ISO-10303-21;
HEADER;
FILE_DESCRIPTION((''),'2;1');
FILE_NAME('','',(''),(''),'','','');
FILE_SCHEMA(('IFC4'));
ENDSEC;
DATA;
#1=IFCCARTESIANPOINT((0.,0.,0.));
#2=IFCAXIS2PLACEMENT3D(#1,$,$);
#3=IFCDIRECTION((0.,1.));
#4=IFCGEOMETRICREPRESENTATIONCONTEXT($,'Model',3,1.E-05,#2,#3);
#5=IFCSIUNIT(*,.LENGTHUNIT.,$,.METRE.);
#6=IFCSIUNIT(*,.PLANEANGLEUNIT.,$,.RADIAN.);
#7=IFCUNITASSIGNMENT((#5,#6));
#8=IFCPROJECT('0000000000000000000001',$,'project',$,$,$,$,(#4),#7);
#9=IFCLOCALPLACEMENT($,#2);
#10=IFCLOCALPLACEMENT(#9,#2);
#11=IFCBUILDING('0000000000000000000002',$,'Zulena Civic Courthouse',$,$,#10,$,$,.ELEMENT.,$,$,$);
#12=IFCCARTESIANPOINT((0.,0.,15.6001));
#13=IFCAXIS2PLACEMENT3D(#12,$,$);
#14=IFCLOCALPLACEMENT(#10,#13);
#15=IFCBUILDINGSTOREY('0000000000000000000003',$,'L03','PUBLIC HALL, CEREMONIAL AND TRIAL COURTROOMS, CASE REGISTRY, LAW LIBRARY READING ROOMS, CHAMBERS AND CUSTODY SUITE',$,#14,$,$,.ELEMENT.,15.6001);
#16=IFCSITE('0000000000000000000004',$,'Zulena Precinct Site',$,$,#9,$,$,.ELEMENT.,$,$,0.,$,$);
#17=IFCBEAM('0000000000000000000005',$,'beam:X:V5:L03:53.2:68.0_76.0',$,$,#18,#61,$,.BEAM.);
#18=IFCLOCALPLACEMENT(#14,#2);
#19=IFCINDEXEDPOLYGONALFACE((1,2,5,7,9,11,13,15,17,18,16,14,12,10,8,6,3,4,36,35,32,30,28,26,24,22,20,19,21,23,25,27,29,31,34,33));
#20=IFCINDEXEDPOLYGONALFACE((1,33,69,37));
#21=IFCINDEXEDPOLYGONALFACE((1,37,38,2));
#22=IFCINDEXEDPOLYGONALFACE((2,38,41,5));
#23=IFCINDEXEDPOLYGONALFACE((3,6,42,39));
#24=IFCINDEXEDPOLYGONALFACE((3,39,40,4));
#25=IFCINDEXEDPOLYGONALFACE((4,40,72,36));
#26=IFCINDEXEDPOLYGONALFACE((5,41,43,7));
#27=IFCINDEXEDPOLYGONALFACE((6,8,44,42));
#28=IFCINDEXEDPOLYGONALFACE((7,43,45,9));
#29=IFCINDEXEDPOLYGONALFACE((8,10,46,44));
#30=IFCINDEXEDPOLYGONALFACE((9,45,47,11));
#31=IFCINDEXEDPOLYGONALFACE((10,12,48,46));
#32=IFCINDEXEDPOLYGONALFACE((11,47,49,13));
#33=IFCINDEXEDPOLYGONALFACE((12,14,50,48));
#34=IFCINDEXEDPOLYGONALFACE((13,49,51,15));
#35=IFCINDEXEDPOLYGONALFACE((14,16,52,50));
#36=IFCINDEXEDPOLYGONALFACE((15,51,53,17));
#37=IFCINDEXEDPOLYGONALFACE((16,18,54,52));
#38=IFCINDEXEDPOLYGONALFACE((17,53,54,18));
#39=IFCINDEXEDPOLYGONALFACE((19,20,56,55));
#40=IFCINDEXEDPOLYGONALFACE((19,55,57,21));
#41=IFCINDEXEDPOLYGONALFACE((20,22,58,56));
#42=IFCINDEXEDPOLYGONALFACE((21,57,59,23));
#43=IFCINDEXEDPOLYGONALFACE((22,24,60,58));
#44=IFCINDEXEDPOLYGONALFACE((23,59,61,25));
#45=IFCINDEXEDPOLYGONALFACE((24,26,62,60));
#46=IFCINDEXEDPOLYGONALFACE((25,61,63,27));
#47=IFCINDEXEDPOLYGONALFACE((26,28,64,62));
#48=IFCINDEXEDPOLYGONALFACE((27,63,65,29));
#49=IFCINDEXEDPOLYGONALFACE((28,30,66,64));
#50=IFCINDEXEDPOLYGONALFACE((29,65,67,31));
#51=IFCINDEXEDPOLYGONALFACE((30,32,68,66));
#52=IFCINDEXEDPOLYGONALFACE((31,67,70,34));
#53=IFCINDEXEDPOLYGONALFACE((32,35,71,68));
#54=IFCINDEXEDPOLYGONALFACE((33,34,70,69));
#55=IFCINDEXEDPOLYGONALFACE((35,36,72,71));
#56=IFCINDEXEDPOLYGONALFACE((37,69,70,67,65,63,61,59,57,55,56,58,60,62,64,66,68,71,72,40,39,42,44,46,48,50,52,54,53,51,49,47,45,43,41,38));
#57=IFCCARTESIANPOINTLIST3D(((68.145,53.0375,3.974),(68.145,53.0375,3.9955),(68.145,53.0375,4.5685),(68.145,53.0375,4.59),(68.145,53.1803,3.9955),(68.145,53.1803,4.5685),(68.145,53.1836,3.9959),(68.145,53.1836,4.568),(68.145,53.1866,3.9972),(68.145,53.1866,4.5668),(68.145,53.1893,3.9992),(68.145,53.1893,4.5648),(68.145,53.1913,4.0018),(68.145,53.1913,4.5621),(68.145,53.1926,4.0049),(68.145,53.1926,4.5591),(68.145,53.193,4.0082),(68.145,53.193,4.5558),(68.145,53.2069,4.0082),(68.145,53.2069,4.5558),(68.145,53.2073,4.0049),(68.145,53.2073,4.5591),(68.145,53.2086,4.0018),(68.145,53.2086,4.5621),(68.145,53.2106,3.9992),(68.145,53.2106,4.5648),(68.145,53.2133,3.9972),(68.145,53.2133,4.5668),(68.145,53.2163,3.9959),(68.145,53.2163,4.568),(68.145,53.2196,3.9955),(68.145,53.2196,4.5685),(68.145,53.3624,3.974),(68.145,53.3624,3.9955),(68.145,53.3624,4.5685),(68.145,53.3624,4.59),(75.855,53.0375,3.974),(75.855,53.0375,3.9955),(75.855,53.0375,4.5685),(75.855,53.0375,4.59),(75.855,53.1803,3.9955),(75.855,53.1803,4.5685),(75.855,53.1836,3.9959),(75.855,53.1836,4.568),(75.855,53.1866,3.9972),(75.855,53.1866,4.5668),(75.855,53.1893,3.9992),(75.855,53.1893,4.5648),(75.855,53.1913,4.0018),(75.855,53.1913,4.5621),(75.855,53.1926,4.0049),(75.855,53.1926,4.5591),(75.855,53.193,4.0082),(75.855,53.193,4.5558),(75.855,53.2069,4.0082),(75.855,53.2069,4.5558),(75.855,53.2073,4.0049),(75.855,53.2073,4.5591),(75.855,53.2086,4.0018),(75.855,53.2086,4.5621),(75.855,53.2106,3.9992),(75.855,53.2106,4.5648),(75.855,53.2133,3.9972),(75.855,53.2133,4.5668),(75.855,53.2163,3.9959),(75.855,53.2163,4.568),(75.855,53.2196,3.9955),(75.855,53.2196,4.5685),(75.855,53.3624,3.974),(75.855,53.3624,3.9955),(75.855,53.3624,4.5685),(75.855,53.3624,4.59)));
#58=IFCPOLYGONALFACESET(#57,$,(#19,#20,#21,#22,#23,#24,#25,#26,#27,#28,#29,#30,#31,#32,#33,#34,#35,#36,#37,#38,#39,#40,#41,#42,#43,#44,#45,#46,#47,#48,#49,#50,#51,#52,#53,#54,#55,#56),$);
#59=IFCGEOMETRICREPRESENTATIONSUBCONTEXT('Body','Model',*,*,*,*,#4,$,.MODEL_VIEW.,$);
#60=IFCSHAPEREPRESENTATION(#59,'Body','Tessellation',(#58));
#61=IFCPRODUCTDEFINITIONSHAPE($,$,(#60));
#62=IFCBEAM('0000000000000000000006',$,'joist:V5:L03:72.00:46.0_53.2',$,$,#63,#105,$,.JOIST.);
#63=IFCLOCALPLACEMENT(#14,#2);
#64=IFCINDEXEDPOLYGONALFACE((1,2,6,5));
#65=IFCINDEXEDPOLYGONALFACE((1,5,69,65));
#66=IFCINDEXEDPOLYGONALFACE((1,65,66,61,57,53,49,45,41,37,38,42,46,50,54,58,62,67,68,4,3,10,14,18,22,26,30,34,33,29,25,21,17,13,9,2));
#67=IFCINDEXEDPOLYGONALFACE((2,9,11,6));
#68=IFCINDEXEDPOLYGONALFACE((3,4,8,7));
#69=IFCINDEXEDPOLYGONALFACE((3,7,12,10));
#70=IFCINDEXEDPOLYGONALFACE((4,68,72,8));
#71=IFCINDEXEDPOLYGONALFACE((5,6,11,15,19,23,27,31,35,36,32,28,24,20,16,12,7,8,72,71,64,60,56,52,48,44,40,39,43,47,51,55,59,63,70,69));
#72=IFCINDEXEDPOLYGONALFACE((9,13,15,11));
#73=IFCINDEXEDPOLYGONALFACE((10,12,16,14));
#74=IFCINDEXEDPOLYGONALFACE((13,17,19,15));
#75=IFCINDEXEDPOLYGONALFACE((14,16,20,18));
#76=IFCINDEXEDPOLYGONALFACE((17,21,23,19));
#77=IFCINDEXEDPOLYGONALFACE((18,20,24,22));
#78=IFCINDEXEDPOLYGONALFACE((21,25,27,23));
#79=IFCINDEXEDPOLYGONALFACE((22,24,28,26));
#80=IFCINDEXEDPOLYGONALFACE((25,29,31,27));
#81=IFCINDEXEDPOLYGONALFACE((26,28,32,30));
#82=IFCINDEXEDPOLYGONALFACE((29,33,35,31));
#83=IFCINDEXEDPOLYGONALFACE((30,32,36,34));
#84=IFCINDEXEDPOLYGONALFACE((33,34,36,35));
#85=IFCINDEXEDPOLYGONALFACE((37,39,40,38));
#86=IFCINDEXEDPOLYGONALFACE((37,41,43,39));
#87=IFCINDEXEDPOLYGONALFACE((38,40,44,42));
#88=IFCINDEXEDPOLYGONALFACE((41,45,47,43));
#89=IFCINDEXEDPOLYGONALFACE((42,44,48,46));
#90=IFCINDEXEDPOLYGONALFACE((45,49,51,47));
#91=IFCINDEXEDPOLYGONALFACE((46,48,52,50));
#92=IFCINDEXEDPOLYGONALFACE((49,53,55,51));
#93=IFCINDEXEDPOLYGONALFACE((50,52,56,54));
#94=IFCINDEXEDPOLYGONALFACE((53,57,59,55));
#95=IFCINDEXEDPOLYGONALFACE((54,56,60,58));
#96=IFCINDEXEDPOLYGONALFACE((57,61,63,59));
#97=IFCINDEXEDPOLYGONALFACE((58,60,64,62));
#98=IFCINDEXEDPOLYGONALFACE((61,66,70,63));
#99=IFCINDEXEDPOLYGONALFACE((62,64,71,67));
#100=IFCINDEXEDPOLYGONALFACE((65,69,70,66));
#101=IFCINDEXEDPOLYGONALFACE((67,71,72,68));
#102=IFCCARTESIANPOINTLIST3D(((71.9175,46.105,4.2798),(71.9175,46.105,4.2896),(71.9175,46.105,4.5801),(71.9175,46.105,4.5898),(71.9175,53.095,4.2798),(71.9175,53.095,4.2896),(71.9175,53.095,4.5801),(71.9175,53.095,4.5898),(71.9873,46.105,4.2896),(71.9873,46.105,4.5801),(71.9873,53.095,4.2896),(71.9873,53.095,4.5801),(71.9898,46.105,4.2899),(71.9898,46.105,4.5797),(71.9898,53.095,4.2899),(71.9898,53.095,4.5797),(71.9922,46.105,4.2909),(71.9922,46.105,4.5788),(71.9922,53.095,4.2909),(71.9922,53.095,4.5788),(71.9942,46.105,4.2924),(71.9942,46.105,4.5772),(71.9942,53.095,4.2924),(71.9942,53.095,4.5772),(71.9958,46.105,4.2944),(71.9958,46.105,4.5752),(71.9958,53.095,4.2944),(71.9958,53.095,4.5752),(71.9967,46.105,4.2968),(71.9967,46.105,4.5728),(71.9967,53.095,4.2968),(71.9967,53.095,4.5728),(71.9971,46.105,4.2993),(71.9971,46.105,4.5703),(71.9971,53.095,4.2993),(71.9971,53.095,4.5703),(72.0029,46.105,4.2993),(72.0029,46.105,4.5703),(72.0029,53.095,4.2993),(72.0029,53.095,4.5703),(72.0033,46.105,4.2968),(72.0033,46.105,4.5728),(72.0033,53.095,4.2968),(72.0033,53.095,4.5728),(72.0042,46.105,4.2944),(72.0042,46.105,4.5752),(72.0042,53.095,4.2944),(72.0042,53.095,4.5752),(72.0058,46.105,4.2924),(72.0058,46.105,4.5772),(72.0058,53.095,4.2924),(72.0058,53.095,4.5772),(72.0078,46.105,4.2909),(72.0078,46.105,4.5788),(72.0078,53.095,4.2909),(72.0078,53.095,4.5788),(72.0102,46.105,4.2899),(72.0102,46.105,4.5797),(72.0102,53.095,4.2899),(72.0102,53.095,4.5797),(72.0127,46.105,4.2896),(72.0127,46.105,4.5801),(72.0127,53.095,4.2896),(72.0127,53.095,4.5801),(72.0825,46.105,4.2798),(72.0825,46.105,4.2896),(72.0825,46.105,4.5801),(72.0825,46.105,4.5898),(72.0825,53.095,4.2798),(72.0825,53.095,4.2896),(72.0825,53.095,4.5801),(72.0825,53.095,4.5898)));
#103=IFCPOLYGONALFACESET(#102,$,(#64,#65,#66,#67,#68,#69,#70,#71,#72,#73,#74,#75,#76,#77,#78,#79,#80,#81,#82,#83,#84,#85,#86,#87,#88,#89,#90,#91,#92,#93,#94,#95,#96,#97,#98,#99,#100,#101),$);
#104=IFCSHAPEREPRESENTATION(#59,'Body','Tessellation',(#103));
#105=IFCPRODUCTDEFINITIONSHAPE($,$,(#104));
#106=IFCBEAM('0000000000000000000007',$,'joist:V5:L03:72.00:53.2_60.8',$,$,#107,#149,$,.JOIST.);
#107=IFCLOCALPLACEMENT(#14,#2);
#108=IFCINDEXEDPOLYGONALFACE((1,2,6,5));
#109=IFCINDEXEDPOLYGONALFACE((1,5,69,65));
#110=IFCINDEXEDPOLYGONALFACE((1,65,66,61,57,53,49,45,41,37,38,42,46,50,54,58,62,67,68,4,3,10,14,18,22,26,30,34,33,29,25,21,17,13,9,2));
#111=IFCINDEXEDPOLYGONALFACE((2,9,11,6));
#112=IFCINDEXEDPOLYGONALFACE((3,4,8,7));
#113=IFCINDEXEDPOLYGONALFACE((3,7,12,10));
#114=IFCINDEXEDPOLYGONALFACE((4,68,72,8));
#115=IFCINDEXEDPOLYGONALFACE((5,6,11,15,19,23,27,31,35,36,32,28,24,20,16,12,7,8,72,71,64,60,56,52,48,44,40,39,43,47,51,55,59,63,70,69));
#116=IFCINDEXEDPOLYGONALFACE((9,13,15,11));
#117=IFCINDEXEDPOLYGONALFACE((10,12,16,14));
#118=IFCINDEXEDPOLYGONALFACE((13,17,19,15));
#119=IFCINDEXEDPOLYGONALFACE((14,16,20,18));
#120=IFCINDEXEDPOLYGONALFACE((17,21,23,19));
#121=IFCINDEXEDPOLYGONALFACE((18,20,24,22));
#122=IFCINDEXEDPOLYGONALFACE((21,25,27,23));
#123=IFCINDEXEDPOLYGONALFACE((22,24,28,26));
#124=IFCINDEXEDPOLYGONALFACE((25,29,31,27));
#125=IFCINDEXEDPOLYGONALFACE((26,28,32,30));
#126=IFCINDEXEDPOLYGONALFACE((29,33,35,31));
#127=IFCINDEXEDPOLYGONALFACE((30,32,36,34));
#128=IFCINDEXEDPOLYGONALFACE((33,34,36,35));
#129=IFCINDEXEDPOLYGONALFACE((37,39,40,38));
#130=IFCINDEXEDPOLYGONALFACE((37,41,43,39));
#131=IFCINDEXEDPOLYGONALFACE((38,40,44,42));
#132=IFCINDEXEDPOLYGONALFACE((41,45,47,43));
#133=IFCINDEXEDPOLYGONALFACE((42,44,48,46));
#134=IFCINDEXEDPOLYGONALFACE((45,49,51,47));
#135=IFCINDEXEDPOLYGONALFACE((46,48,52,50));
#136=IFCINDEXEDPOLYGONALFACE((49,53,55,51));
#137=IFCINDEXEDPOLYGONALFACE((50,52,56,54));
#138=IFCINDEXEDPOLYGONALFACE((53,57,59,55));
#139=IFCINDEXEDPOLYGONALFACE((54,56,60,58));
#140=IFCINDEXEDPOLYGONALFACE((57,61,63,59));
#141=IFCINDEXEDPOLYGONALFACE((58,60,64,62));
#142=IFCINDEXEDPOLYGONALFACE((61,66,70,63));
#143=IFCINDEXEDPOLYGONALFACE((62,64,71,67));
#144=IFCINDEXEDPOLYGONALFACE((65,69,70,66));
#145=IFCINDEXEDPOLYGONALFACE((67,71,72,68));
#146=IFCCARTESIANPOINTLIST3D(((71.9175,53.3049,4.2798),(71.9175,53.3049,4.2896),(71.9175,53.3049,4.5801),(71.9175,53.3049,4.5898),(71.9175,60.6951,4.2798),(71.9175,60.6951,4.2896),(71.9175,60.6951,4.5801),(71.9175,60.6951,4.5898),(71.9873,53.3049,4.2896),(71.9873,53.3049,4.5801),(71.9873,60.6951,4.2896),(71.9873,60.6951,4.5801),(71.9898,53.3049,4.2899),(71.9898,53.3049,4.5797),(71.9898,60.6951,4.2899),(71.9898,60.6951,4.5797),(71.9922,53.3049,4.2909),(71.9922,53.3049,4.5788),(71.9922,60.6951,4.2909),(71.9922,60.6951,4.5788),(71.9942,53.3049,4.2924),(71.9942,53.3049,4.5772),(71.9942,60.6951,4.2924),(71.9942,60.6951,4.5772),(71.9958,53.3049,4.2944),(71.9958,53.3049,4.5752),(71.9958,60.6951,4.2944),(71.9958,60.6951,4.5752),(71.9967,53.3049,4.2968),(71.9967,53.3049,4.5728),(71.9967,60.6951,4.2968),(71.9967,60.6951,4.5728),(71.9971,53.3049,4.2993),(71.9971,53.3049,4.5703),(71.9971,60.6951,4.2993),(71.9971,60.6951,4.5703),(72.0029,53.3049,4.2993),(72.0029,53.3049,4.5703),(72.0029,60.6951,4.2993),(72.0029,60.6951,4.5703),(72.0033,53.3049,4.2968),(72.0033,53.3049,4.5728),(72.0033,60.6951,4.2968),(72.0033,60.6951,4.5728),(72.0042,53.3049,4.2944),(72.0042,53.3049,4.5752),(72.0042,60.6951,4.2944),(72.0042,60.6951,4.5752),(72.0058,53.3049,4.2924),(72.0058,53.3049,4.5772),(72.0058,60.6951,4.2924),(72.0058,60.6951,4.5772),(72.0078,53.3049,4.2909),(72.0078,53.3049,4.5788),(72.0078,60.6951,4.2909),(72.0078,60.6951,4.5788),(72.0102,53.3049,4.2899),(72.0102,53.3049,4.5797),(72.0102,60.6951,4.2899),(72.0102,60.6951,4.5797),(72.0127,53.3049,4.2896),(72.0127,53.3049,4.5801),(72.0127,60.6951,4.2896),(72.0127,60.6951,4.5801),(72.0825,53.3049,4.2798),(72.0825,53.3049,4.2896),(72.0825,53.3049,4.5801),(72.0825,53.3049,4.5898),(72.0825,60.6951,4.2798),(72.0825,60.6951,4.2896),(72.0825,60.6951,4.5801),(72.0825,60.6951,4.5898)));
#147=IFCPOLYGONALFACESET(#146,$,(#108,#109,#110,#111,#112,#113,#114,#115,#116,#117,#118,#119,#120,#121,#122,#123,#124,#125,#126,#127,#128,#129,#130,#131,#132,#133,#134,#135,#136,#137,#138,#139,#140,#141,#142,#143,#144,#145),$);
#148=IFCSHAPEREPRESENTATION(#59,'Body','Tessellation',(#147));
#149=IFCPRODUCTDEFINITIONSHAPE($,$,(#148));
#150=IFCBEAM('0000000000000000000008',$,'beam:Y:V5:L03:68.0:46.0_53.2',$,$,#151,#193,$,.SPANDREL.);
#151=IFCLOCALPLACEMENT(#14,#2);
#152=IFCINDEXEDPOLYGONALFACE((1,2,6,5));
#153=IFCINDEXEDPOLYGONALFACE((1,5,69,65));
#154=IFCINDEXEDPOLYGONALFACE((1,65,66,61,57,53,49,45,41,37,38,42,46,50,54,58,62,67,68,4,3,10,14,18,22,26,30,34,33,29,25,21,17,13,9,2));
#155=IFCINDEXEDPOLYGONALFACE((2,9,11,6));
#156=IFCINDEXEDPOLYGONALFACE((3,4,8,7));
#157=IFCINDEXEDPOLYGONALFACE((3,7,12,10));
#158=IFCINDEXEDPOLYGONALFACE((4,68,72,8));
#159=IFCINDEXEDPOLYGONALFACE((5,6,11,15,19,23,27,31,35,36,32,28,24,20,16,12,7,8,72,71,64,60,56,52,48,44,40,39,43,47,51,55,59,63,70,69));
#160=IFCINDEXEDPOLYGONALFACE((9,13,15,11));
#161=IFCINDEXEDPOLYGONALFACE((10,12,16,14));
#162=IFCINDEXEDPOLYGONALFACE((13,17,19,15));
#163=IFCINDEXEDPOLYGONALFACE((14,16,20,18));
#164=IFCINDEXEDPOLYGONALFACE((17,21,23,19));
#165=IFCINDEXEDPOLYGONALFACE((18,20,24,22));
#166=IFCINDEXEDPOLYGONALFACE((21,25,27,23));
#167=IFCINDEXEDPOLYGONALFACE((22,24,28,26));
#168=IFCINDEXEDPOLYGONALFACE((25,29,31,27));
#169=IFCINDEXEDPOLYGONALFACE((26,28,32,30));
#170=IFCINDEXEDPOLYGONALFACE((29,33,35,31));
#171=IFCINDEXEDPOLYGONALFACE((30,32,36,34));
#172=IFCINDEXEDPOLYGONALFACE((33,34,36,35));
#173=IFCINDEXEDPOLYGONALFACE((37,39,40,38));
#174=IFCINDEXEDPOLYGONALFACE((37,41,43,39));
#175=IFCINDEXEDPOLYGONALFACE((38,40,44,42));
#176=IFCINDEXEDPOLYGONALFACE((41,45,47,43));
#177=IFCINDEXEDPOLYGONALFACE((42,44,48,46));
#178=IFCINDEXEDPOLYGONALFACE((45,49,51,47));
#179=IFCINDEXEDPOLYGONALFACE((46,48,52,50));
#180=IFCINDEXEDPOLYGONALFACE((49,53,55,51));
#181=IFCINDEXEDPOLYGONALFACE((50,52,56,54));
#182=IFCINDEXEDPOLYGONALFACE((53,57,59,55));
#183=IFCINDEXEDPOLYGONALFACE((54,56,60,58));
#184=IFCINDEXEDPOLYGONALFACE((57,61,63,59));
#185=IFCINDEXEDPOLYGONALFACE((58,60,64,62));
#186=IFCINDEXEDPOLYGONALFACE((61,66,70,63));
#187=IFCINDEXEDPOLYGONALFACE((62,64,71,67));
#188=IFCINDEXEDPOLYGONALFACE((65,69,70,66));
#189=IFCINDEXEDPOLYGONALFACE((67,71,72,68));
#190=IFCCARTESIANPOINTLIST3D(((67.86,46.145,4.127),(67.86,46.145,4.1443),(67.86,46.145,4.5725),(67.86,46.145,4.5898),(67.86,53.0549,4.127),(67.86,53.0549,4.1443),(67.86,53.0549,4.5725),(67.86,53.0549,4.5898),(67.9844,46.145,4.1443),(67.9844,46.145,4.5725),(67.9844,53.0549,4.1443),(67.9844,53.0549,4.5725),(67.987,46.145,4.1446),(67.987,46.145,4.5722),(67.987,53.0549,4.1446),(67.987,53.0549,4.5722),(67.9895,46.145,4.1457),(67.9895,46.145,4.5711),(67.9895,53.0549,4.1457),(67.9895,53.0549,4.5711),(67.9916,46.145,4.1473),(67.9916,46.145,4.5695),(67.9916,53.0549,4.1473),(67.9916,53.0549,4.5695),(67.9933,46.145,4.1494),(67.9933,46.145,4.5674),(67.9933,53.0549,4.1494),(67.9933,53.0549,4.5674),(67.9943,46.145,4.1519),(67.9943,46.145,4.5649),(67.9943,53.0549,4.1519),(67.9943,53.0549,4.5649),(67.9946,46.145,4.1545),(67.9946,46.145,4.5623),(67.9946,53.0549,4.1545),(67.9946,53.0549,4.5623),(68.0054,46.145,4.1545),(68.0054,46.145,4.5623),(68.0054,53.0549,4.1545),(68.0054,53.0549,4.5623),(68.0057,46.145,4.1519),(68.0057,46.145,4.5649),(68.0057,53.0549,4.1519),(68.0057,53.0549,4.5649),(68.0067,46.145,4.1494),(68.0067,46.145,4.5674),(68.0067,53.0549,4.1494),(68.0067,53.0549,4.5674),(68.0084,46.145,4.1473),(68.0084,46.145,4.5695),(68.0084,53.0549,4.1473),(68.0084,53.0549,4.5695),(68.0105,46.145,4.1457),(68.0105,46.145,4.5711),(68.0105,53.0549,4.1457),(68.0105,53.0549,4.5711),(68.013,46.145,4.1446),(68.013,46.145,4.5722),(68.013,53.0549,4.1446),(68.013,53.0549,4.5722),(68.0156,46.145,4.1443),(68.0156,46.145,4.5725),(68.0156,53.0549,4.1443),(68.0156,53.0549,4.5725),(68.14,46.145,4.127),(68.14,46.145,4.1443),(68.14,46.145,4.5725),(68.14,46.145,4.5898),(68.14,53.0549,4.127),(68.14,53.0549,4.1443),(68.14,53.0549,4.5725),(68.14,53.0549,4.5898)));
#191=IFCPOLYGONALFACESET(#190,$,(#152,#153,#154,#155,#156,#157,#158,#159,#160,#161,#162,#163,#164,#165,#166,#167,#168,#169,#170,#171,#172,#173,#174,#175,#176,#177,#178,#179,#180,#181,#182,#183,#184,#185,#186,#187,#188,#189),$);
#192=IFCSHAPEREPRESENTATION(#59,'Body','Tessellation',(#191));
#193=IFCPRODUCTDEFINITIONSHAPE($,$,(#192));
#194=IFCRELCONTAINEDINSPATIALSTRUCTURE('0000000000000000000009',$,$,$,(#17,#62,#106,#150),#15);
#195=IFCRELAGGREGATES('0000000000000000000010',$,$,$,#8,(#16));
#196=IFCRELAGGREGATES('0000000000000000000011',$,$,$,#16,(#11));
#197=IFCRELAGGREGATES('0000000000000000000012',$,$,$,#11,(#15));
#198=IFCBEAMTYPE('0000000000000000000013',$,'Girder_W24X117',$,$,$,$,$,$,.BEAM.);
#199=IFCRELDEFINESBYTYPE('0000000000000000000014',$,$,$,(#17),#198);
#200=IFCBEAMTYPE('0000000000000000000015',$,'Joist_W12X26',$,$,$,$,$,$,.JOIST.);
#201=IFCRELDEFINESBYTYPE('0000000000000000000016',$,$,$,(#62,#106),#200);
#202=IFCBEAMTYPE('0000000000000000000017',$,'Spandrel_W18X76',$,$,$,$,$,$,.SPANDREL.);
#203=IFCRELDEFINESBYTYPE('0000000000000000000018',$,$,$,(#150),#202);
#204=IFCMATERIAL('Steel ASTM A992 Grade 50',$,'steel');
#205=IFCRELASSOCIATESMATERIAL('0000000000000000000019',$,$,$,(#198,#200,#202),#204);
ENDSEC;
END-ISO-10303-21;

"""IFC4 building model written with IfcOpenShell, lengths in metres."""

from ifc_helpers import new_model, si_unit, direction, frame, origin, origin_2d, place, context, subcontext, project, spatial, i_section, extrude, material, material_profile, profile_set, type_object, element, save


model = new_model("IFC4")

# Units and contexts
model_context = context("Model", 3, precision=1e-05, world=origin(), true_north=direction((0.0, 1.0)))
body_context = subcontext(model_context, "Body", "Model", "MODEL_VIEW")
ifc_project = project(units=[si_unit("LENGTHUNIT", "METRE"), si_unit("PLANEANGLEUNIT", "RADIAN")], contexts=[model_context])

# Site, building, storey
site_placement = place(None, origin())
site = spatial("IfcSite", under=ifc_project, at=site_placement, Name="Zulena Precinct Site", CompositionType="ELEMENT", RefElevation=0.0)
building_placement = place(site_placement, origin())
building = spatial("IfcBuilding", under=site, at=building_placement, Name="Zulena Civic Courthouse", CompositionType="ELEMENT")
storey_placement = place(building_placement, frame((0.0, 0.0, 15.6001)))
storey = spatial("IfcBuildingStorey", under=building, at=storey_placement, Name="L03", Description="PUBLIC HALL, CEREMONIAL AND TRIAL COURTROOMS, CASE REGISTRY, LAW LIBRARY READING ROOMS, CHAMBERS AND CUSTODY SUITE", CompositionType="ELEMENT", Elevation=15.6001)

# Shared definitions
ifc_material_1 = material(Name="Steel ASTM A992 Grade 50", Category="steel")

# Beams
ifc_material_profile_1 = material_profile(ifc_material_1, i_section(OverallWidth=0.325, OverallDepth=0.616, WebThickness=0.0139, FlangeThickness=0.0215, FilletRadius=0.0127, at=origin_2d()), Name="W24X117")
ifc_profile_set_1 = profile_set([ifc_material_profile_1], Name="Steel ASTM A992 Grade 50")
beam_type_1 = type_object("IfcBeamType", Name="Girder_W24X117", PredefinedType="BEAM", material=ifc_profile_set_1)
beam_1_placement = place(storey_placement, frame((68.145, 53.2, 4.282), z_axis=(1.0, 0.0, 0.0), x_axis=(0.0, 1.0, 0.0)))
element("IfcBeam", 1, at=beam_1_placement, inside=storey, type_object=beam_type_1, Name="beam:X:V5:L03:53.2:68.0_76.0", PredefinedType="BEAM", context=body_context, shape_type="SweptSolid", body=[
    extrude(i_section(OverallWidth=0.325, OverallDepth=0.616, WebThickness=0.0139, FlangeThickness=0.0215, FilletRadius=0.0127, at=origin_2d()), origin(), (0.0, 0.0, 1.0), 7.71),
])
ifc_material_profile_2 = material_profile(ifc_material_1, i_section(OverallWidth=0.165, OverallDepth=0.3101, WebThickness=0.0059, FlangeThickness=0.0098, FilletRadius=0.0098, at=origin_2d()), Name="W12X26")
ifc_profile_set_2 = profile_set([ifc_material_profile_2], Name="Steel ASTM A992 Grade 50")
beam_type_2 = type_object("IfcBeamType", Name="Joist_W12X26", PredefinedType="JOIST", material=ifc_profile_set_2)
beam_2_placement = place(storey_placement, frame((72.0, 46.105, 4.4348), z_axis=(0.0, 1.0, 0.0), x_axis=(-1.0, 0.0, 0.0)))
element("IfcBeam", 2, at=beam_2_placement, inside=storey, type_object=beam_type_2, Name="joist:V5:L03:72.00:46.0_53.2", PredefinedType="JOIST", context=body_context, shape_type="SweptSolid", body=[
    extrude(i_section(OverallWidth=0.165, OverallDepth=0.3101, WebThickness=0.0059, FlangeThickness=0.0098, FilletRadius=0.0098, at=origin_2d()), origin(), (0.0, 0.0, 1.0), 6.99),
])
beam_3_placement = place(storey_placement, frame((72.0, 53.3049, 4.4348), z_axis=(0.0, 1.0, 0.0), x_axis=(-1.0, 0.0, 0.0)))
element("IfcBeam", 3, at=beam_3_placement, inside=storey, type_object=beam_type_2, Name="joist:V5:L03:72.00:53.2_60.8", PredefinedType="JOIST", context=body_context, shape_type="SweptSolid", body=[
    extrude(i_section(OverallWidth=0.165, OverallDepth=0.3101, WebThickness=0.0059, FlangeThickness=0.0098, FilletRadius=0.0098, at=origin_2d()), origin(), (0.0, 0.0, 1.0), 7.3901),
])
ifc_material_profile_3 = material_profile(ifc_material_1, i_section(OverallWidth=0.28, OverallDepth=0.4629, WebThickness=0.0107, FlangeThickness=0.0173, FilletRadius=0.0103, at=origin_2d()), Name="W18X76")
ifc_profile_set_3 = profile_set([ifc_material_profile_3], Name="Steel ASTM A992 Grade 50")
beam_type_3 = type_object("IfcBeamType", Name="Spandrel_W18X76", PredefinedType="SPANDREL", material=ifc_profile_set_3)
beam_4_placement = place(storey_placement, frame((68.0, 46.145, 4.3584), z_axis=(0.0, 1.0, 0.0), x_axis=(-1.0, 0.0, 0.0)))
element("IfcBeam", 4, at=beam_4_placement, inside=storey, type_object=beam_type_3, Name="beam:Y:V5:L03:68.0:46.0_53.2", PredefinedType="SPANDREL", context=body_context, shape_type="SweptSolid", body=[
    extrude(i_section(OverallWidth=0.28, OverallDepth=0.4629, WebThickness=0.0107, FlangeThickness=0.0173, FilletRadius=0.0103, at=origin_2d()), origin(), (0.0, 0.0, 1.0), 6.9099),
])

save(model, "model.ifc")
